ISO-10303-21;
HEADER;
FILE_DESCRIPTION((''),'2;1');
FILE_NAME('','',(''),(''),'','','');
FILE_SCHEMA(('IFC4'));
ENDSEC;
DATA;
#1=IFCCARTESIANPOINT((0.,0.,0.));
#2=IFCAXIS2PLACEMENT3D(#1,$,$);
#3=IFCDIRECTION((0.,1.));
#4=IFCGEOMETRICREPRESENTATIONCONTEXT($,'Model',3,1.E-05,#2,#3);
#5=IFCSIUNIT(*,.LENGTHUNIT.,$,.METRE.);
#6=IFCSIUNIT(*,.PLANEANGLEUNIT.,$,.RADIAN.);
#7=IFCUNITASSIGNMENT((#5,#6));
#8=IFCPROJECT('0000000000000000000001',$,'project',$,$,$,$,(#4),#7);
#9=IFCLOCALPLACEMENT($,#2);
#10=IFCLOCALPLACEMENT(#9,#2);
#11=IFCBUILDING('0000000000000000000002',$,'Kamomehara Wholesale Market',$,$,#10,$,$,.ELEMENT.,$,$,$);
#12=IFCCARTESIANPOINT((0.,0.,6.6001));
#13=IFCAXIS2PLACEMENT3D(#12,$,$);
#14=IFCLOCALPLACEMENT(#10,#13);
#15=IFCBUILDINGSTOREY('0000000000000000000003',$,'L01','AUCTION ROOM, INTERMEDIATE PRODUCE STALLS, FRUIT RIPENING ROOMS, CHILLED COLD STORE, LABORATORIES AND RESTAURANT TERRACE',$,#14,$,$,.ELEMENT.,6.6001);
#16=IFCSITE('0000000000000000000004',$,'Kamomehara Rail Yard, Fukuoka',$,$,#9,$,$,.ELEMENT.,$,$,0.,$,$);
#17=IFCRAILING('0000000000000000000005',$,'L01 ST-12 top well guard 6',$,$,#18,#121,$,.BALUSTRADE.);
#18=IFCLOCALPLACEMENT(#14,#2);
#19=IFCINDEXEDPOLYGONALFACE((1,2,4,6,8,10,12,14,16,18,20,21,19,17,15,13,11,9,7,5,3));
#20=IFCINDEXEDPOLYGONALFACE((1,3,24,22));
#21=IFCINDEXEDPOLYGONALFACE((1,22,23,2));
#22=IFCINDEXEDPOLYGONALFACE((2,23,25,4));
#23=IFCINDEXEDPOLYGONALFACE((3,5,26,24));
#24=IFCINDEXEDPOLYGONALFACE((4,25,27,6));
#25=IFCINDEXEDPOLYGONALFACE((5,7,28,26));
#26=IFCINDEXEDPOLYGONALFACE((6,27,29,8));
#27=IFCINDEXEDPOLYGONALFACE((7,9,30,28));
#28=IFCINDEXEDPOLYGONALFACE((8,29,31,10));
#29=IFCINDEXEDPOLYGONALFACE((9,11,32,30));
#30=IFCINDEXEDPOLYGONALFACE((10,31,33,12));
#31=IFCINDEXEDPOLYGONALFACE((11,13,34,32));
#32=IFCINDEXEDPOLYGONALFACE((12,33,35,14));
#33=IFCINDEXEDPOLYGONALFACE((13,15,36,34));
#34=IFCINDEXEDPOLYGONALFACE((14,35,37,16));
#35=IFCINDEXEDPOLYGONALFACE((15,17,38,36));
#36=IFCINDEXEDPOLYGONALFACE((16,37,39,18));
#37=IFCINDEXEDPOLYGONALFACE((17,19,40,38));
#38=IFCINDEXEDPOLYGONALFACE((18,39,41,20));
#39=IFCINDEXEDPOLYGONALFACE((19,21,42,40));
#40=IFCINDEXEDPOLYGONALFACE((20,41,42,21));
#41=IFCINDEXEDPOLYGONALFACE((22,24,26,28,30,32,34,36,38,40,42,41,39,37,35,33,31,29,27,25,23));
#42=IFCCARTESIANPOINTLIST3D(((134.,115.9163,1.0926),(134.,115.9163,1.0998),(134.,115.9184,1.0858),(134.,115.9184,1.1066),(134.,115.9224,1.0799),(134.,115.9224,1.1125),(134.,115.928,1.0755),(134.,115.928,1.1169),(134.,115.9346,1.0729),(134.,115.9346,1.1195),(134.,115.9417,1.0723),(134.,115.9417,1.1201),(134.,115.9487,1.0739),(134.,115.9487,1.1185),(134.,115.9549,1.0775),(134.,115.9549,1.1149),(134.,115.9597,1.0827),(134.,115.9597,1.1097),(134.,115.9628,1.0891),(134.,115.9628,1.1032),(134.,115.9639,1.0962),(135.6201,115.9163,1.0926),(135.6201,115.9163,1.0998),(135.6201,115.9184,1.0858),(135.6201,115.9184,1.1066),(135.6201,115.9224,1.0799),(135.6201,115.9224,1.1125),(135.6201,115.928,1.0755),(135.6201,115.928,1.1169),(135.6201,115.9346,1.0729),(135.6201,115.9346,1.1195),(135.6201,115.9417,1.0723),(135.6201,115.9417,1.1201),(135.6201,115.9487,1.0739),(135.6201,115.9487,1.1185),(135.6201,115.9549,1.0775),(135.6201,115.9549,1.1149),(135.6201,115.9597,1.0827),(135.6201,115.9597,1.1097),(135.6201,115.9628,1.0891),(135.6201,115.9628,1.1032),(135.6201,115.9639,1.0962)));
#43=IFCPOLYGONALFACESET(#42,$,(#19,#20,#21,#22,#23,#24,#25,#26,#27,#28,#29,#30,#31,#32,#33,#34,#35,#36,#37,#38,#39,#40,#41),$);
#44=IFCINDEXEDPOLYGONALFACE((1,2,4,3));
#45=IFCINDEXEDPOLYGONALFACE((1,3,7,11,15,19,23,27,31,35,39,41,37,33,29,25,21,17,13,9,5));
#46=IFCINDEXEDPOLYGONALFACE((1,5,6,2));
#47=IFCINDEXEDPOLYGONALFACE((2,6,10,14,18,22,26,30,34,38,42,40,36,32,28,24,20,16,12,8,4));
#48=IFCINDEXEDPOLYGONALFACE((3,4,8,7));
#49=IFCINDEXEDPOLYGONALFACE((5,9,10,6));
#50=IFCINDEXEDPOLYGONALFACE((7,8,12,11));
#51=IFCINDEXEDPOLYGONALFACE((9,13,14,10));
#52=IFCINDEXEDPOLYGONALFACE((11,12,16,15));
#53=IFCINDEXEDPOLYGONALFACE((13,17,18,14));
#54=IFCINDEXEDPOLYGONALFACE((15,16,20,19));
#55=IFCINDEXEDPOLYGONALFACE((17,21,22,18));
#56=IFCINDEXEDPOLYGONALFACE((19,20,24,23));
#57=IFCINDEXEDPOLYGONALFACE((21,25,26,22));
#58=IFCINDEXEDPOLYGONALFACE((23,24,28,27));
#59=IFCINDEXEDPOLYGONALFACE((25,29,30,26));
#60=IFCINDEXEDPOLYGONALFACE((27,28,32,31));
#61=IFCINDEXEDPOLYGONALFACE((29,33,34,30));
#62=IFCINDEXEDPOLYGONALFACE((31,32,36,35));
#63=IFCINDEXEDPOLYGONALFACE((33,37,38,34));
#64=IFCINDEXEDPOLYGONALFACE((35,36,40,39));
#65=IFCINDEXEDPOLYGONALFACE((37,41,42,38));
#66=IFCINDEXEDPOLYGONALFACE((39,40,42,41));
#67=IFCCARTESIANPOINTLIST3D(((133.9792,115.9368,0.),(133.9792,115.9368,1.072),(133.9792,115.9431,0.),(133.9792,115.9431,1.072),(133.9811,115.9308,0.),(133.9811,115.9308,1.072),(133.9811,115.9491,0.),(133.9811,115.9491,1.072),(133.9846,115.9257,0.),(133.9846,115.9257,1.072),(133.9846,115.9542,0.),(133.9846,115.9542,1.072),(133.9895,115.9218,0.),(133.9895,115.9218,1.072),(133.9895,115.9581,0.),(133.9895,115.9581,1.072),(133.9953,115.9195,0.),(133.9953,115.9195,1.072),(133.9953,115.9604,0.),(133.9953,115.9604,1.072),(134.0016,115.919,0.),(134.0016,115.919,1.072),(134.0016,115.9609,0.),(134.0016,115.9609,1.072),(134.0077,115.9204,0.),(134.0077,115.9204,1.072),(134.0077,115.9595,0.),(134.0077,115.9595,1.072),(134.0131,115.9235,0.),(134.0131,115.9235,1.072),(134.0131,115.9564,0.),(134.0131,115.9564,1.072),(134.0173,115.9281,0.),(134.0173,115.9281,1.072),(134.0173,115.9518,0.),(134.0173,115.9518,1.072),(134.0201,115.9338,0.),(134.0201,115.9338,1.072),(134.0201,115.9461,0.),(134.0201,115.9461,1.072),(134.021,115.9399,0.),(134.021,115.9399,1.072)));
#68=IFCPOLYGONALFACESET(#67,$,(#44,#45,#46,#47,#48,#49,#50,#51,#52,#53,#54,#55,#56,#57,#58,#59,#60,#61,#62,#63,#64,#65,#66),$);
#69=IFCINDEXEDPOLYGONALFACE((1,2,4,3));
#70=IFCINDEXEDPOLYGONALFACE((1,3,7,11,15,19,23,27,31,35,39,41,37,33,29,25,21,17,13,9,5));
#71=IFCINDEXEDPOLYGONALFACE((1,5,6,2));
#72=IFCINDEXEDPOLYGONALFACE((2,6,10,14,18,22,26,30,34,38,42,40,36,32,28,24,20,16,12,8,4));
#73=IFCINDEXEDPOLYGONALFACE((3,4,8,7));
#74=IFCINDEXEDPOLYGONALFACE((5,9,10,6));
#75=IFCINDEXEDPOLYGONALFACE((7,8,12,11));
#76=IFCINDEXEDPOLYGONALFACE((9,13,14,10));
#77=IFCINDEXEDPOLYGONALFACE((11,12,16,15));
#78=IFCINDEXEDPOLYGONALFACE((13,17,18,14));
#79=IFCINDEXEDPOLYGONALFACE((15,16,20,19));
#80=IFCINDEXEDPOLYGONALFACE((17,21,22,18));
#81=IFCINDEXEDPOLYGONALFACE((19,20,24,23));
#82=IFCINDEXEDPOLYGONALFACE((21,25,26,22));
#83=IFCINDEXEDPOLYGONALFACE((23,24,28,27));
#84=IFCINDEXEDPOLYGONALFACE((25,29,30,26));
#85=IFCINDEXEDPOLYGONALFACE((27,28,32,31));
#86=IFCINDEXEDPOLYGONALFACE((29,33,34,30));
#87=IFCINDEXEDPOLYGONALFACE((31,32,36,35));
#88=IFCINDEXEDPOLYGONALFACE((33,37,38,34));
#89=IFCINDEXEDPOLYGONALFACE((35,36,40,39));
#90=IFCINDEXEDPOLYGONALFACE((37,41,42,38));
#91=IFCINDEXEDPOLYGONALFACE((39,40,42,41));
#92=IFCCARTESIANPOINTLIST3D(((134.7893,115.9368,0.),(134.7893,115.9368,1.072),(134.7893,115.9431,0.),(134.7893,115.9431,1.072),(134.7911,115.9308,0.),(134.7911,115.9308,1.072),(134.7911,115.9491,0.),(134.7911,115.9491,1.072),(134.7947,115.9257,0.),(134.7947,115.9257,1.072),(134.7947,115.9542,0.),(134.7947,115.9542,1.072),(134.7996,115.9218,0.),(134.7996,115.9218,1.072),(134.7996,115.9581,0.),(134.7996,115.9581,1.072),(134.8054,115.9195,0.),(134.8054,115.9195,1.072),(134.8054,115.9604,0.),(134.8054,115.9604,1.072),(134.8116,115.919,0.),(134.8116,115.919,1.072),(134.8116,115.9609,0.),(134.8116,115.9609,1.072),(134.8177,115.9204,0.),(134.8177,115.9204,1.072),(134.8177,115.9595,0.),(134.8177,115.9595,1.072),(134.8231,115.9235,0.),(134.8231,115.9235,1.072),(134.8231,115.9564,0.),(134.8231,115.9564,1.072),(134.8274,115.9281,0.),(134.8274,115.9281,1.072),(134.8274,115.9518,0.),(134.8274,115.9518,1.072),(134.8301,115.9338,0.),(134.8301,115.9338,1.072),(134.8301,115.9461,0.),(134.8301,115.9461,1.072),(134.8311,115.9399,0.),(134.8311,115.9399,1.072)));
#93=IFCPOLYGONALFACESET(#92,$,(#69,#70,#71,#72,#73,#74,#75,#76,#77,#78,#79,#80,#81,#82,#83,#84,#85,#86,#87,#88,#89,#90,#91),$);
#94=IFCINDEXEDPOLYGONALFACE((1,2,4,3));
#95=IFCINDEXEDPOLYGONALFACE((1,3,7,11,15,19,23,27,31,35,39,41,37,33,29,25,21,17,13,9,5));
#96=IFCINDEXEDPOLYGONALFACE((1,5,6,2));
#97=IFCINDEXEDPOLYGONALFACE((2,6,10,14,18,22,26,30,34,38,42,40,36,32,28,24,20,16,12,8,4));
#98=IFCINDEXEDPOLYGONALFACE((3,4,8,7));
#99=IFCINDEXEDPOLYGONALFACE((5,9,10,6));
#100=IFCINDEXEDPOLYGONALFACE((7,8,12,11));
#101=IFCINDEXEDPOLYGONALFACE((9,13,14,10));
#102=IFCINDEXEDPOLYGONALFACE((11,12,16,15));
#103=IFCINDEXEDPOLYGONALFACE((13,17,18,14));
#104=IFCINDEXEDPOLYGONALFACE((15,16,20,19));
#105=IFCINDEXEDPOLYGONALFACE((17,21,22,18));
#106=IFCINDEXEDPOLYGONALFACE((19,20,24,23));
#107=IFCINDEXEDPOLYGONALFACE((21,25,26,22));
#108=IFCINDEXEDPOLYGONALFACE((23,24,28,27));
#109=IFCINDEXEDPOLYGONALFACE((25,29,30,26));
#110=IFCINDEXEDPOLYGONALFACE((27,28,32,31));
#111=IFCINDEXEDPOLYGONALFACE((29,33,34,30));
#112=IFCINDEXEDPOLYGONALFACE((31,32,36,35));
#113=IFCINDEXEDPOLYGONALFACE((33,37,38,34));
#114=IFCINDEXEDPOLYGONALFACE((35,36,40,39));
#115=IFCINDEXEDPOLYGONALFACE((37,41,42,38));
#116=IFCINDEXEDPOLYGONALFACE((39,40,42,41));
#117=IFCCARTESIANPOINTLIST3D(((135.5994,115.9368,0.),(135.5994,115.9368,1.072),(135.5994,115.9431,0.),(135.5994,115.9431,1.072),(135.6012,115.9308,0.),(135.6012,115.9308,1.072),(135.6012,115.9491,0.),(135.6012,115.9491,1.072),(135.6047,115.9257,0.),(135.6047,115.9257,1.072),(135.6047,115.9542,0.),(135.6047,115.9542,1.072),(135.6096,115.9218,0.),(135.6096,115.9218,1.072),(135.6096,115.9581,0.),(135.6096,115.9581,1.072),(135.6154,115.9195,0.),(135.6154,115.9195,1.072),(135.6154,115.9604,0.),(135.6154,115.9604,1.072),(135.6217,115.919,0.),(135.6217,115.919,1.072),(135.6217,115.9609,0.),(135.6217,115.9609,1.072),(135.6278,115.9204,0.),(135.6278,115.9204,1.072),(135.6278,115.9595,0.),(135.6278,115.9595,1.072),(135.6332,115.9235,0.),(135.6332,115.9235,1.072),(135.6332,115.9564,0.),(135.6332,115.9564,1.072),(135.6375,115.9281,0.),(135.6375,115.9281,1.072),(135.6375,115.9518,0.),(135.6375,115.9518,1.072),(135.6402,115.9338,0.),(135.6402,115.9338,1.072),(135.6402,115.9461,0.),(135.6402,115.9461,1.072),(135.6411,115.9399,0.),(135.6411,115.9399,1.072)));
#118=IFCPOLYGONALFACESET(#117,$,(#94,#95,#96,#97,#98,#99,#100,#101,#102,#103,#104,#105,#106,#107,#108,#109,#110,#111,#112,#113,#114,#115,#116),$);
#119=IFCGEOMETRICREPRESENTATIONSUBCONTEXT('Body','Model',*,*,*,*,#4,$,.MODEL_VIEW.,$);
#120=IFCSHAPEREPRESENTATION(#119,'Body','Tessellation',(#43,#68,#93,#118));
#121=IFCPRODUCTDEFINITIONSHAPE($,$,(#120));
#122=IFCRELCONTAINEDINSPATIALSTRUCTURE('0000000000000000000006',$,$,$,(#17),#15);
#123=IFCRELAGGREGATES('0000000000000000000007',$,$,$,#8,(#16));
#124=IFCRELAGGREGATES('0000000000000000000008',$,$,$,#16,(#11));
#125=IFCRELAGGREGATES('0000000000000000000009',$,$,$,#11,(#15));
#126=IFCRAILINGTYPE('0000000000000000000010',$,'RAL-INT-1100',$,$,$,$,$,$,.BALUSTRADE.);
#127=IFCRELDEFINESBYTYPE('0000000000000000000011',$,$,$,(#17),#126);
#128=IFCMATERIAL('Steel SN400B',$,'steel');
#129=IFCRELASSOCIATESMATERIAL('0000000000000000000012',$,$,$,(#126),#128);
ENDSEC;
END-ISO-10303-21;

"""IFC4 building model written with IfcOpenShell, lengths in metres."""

from ifc_helpers import new_model, si_unit, direction, frame, origin, origin_2d, place, context, subcontext, project, spatial, circle, extrude, material, type_object, element, save


model = new_model("IFC4")

# Units and contexts
model_context = context("Model", 3, precision=1e-05, world=origin(), true_north=direction((0.0, 1.0)))
body_context = subcontext(model_context, "Body", "Model", "MODEL_VIEW")
ifc_project = project(units=[si_unit("LENGTHUNIT", "METRE"), si_unit("PLANEANGLEUNIT", "RADIAN")], contexts=[model_context])

# Site, building, storey
site_placement = place(None, origin())
site = spatial("IfcSite", under=ifc_project, at=site_placement, Name="Kamomehara Rail Yard, Fukuoka", CompositionType="ELEMENT", RefElevation=0.0)
building_placement = place(site_placement, origin())
building = spatial("IfcBuilding", under=site, at=building_placement, Name="Kamomehara Wholesale Market", CompositionType="ELEMENT")
storey_placement = place(building_placement, frame((0.0, 0.0, 6.6001)))
storey = spatial("IfcBuildingStorey", under=building, at=storey_placement, Name="L01", Description="AUCTION ROOM, INTERMEDIATE PRODUCE STALLS, FRUIT RIPENING ROOMS, CHILLED COLD STORE, LABORATORIES AND RESTAURANT TERRACE", CompositionType="ELEMENT", Elevation=6.6001)

# Railing
ifc_material_1 = material(Name="Steel SN400B", Category="steel")
railing_type = type_object("IfcRailingType", Name="RAL-INT-1100", PredefinedType="BALUSTRADE", material=ifc_material_1)
railing_1_placement = place(storey_placement, frame((134.0, 115.9399, 0.0)))
element("IfcRailing", 1, at=railing_1_placement, inside=storey, type_object=railing_type, Name="L01 ST-12 top well guard 6", PredefinedType="BALUSTRADE", context=body_context, shape_type="SweptSolid", body=[
    extrude(circle(Radius=0.0239, at=origin_2d()), frame((0.0, 0.0, 1.0962), z_axis=(1.0, 0.0, 0.0), x_axis=(0.0, 1.0, 0.0)), (0.0, 0.0, 1.0), 1.6201),
    extrude(circle(Radius=0.021, at=origin_2d()), origin(), (0.0, 0.0, 1.0), 1.072),
    extrude(circle(Radius=0.021, at=origin_2d()), frame((0.8101, 0.0, 0.0)), (0.0, 0.0, 1.0), 1.072),
    extrude(circle(Radius=0.021, at=origin_2d()), frame((1.6201, 0.0, 0.0)), (0.0, 0.0, 1.0), 1.072),
])

save(model, "model.ifc")
